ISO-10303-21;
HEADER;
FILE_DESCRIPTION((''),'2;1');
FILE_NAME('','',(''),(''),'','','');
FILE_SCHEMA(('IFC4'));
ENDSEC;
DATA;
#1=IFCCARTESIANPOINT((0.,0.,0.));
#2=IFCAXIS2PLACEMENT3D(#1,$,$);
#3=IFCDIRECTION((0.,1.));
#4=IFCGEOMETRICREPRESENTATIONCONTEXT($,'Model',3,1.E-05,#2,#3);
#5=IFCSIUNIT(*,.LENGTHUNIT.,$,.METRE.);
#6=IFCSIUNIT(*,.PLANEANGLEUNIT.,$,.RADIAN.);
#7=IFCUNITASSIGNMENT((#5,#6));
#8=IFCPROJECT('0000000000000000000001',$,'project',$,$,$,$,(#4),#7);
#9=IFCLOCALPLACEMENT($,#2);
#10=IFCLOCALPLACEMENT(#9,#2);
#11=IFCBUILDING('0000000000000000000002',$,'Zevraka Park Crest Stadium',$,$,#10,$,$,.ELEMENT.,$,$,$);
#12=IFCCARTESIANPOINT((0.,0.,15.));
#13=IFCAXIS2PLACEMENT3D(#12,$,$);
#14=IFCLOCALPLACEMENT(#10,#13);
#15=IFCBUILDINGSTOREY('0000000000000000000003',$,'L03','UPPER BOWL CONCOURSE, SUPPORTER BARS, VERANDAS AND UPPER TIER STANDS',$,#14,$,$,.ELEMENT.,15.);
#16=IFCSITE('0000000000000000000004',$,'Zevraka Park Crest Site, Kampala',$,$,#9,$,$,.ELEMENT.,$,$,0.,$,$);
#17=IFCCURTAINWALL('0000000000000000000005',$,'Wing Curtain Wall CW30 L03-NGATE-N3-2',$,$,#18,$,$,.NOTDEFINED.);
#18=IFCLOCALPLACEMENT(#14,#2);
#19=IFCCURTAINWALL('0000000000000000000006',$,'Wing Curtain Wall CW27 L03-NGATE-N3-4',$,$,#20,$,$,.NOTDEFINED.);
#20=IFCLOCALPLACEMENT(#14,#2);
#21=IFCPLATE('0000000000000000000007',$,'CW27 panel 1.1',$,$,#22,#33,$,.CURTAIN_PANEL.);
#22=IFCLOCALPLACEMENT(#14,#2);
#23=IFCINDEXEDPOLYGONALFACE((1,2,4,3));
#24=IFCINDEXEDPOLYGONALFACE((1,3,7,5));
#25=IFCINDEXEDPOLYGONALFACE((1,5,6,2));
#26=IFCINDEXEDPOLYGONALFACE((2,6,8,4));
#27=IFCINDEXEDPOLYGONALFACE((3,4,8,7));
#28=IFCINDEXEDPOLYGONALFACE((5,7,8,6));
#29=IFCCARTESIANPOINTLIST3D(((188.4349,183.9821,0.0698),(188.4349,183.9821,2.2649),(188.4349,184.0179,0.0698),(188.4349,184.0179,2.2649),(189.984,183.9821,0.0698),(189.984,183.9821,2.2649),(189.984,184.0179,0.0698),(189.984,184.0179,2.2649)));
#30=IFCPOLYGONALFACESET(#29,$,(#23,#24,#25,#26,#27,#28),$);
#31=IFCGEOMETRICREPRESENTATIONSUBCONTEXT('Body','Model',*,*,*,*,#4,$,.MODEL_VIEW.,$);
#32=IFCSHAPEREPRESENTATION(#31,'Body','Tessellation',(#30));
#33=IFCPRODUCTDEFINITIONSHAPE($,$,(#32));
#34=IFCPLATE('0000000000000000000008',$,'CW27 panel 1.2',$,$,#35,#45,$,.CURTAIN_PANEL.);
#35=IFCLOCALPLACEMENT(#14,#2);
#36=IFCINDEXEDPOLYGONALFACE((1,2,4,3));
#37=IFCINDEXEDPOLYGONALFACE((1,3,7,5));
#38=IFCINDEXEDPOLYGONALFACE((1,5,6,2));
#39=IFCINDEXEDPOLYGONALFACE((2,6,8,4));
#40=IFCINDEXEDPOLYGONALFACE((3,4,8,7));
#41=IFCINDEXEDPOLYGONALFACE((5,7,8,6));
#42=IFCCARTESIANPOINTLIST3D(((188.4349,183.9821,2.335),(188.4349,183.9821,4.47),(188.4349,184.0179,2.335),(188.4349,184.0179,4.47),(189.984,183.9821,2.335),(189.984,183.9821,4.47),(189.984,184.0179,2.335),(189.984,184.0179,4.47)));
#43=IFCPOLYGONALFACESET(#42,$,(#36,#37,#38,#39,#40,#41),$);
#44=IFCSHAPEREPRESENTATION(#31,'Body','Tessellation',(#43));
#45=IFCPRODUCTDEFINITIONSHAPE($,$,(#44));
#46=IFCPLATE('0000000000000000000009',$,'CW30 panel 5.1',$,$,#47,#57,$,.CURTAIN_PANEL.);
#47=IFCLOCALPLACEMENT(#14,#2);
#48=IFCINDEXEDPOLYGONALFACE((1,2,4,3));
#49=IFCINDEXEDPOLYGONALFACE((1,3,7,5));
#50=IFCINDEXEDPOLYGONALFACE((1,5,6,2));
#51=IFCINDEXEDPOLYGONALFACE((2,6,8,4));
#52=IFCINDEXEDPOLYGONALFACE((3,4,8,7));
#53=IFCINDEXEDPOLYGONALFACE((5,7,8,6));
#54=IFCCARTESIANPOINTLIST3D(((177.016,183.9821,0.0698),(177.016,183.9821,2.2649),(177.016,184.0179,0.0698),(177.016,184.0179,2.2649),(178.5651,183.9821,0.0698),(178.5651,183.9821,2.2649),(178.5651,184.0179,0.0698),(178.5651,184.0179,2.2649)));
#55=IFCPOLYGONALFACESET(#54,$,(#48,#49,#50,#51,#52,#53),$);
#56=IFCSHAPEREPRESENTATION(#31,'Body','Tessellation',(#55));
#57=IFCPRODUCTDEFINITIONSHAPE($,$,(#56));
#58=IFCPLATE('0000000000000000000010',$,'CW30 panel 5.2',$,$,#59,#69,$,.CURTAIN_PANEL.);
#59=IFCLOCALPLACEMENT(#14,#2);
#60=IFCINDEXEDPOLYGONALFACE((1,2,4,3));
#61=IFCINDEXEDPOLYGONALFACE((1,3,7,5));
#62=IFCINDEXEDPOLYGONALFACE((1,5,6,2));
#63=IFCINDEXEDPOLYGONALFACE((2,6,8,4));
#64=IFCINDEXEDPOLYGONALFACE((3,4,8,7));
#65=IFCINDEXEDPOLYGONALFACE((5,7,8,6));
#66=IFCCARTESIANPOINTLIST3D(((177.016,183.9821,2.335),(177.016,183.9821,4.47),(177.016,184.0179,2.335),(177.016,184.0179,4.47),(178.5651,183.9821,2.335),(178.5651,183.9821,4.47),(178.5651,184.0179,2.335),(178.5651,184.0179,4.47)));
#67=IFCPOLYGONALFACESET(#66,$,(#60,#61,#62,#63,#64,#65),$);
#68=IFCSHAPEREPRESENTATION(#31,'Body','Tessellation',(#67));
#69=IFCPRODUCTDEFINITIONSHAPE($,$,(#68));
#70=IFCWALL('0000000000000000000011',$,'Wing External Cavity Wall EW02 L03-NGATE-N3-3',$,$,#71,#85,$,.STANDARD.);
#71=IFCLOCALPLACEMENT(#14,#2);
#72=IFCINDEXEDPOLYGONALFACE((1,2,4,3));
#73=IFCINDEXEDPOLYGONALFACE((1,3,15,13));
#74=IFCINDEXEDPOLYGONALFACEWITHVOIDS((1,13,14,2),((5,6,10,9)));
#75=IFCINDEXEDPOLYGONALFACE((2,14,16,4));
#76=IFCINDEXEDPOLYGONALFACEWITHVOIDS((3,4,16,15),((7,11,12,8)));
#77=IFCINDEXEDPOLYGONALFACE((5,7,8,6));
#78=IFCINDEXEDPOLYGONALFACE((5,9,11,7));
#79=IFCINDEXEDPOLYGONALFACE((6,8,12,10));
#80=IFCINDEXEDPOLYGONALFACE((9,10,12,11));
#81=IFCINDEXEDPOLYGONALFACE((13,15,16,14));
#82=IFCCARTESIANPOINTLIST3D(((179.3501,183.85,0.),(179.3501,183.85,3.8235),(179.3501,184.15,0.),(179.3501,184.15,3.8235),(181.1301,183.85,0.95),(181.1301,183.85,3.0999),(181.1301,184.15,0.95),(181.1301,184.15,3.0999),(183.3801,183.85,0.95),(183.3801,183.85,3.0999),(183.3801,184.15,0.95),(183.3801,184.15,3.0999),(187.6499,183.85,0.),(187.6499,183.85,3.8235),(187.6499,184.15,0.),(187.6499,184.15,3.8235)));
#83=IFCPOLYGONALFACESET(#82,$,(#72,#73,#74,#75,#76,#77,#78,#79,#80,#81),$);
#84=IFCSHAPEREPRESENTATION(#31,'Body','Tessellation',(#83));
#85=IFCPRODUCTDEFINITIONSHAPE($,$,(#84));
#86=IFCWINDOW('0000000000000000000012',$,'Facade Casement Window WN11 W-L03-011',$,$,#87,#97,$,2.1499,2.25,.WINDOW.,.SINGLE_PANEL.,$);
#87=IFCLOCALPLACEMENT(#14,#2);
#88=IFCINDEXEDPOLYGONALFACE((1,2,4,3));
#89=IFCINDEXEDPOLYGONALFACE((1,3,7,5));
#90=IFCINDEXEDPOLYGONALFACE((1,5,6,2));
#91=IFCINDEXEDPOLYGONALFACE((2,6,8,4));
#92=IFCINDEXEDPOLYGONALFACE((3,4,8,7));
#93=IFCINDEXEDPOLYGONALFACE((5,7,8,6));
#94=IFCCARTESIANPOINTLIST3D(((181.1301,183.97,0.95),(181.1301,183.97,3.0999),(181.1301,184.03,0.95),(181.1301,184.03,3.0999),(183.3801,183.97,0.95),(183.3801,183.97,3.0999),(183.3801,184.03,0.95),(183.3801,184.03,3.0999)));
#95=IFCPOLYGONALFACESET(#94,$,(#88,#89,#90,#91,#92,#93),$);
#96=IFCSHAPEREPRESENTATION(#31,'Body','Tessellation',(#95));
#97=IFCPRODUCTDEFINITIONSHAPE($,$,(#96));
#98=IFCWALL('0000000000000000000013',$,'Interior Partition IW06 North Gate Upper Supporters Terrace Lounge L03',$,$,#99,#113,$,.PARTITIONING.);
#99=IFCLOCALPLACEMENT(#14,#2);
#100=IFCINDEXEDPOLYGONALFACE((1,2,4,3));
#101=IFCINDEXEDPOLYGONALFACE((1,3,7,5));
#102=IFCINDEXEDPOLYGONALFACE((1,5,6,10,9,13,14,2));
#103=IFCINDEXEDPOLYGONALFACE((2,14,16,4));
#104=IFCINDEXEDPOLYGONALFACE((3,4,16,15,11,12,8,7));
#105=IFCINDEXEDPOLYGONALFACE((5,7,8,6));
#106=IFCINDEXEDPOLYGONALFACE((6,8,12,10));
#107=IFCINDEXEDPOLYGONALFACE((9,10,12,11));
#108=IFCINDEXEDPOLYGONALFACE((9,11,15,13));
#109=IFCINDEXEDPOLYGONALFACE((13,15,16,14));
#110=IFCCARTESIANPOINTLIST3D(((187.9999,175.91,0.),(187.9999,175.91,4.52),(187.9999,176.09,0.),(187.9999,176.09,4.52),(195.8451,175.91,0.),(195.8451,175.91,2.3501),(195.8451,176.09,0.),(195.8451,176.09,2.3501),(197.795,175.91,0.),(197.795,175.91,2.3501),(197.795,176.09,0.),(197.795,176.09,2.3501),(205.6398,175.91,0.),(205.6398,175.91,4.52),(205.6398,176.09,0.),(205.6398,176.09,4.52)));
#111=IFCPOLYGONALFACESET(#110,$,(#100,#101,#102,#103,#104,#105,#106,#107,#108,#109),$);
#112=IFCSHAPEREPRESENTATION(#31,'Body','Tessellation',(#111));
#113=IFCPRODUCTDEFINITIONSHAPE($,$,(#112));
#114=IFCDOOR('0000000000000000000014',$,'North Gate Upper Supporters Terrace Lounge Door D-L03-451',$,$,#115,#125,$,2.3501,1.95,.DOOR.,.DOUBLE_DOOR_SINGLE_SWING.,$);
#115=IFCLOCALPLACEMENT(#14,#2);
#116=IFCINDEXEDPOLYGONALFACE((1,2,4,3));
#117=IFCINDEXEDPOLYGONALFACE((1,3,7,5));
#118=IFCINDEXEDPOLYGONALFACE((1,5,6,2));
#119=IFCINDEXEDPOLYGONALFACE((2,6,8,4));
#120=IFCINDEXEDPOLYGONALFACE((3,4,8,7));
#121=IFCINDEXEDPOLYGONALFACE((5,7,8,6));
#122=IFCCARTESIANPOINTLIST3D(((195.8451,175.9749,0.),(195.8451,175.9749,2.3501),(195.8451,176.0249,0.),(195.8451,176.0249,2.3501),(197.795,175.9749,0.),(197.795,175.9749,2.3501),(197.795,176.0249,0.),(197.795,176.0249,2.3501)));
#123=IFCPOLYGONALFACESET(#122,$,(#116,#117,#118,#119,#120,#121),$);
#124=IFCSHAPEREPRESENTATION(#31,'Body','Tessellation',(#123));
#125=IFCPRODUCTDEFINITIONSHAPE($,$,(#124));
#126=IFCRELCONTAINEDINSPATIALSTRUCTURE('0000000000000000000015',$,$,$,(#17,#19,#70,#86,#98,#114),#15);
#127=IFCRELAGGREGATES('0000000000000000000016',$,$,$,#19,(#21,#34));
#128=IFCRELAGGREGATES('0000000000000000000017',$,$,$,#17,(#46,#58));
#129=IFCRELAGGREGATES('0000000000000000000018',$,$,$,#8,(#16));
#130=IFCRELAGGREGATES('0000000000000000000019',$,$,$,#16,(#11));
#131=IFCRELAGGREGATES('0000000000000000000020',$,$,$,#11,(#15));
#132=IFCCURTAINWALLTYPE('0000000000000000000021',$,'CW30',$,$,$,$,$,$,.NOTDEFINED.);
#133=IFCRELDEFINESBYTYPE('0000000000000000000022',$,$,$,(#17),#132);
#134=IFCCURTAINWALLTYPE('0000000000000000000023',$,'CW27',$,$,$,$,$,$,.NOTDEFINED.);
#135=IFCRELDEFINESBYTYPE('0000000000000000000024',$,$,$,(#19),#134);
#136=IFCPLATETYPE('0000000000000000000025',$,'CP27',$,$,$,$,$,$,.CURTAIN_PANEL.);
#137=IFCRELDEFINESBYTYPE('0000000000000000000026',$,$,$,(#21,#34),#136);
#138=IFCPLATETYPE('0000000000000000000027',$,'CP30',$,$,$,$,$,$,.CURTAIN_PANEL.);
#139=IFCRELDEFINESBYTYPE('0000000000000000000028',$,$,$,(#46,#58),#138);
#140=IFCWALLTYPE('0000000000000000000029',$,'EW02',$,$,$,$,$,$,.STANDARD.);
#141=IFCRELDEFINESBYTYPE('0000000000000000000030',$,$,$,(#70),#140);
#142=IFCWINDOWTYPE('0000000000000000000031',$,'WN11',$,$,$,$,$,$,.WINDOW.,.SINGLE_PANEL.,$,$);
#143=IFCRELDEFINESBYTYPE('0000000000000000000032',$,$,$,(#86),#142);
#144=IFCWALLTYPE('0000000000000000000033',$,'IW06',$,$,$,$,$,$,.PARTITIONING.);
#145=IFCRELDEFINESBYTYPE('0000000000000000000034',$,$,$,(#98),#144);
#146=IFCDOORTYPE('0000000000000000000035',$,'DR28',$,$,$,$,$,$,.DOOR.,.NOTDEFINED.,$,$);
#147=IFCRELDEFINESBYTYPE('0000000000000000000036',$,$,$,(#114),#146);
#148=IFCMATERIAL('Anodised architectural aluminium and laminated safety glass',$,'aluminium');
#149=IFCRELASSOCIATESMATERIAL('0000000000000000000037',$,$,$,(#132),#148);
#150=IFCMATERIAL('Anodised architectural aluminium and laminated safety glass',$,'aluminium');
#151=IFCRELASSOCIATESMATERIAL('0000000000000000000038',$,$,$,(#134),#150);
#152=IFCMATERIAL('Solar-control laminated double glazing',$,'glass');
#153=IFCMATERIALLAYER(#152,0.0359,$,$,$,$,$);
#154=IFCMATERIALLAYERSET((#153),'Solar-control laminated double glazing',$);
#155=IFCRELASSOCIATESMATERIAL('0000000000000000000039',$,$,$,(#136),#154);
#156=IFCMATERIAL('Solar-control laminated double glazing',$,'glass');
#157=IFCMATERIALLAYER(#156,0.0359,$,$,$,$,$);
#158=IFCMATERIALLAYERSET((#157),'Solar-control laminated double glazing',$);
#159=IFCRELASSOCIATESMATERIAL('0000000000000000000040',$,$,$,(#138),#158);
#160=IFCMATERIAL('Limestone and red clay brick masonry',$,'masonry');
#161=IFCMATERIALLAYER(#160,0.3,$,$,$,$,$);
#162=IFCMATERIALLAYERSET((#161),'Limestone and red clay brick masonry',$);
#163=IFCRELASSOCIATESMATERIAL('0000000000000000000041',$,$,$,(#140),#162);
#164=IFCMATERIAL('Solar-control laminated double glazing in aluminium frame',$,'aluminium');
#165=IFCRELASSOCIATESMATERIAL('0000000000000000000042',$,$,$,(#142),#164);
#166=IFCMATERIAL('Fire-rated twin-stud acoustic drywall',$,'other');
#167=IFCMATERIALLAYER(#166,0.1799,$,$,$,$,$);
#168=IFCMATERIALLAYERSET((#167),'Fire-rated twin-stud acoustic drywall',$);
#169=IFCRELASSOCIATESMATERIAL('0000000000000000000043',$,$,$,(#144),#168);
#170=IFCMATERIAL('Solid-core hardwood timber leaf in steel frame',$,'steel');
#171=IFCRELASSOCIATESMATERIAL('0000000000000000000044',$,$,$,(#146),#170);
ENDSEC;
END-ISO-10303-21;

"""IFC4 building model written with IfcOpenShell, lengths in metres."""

from ifc_helpers import new_model, si_unit, direction, frame, frame_2d, origin, origin_2d, place, context, subcontext, project, spatial, rectangle, extrude, material, layer, layer_set, type_object, element, fill, aggregate, save


model = new_model("IFC4")

# Units and contexts
model_context = context("Model", 3, precision=1e-05, world=origin(), true_north=direction((0.0, 1.0)))
body_context = subcontext(model_context, "Body", "Model", "MODEL_VIEW")
ifc_project = project(units=[si_unit("LENGTHUNIT", "METRE"), si_unit("PLANEANGLEUNIT", "RADIAN")], contexts=[model_context])

# Site, building, storey
site_placement = place(None, origin())
site = spatial("IfcSite", under=ifc_project, at=site_placement, Name="Zevraka Park Crest Site, Kampala", CompositionType="ELEMENT", RefElevation=0.0)
building_placement = place(site_placement, origin())
building = spatial("IfcBuilding", under=site, at=building_placement, Name="Zevraka Park Crest Stadium", CompositionType="ELEMENT")
storey_placement = place(building_placement, frame((0.0, 0.0, 15.0)))
storey = spatial("IfcBuildingStorey", under=building, at=storey_placement, Name="L03", Description="UPPER BOWL CONCOURSE, SUPPORTER BARS, VERANDAS AND UPPER TIER STANDS", CompositionType="ELEMENT", Elevation=15.0)

# Curtain wall
ifc_material_1 = material(Name="Anodised architectural aluminium and laminated safety glass", Category="aluminium")
curtain_wall_type_1 = type_object("IfcCurtainWallType", Name="CW30", PredefinedType="NOTDEFINED", material=ifc_material_1)
curtain_wall_1_placement = place(storey_placement, origin())
curtain_wall_1 = element("IfcCurtainWall", 1, at=curtain_wall_1_placement, inside=storey, type_object=curtain_wall_type_1, Name="Wing Curtain Wall CW30 L03-NGATE-N3-2", PredefinedType="NOTDEFINED")

# Curtain wall
ifc_material_2 = material(Name="Anodised architectural aluminium and laminated safety glass", Category="aluminium")
curtain_wall_type_2 = type_object("IfcCurtainWallType", Name="CW27", PredefinedType="NOTDEFINED", material=ifc_material_2)
curtain_wall_2_placement = place(storey_placement, origin())
curtain_wall_2 = element("IfcCurtainWall", 2, at=curtain_wall_2_placement, inside=storey, type_object=curtain_wall_type_2, Name="Wing Curtain Wall CW27 L03-NGATE-N3-4", PredefinedType="NOTDEFINED")

# Plates
ifc_material_3 = material(Name="Solar-control laminated double glazing", Category="glass")
ifc_layer_1 = layer(ifc_material_3, 0.0359)
ifc_layer_set_1 = layer_set([ifc_layer_1], Name="Solar-control laminated double glazing")
plate_type_1 = type_object("IfcPlateType", Name="CP27", PredefinedType="CURTAIN_PANEL", material=ifc_layer_set_1)
plate_1_placement = place(storey_placement, frame((189.2095, 184.0, 0.0698), z_axis=(0.0, 0.0, 1.0), x_axis=(1.0, 0.0, 0.0)))
plate_1 = element("IfcPlate", 3, at=plate_1_placement, type_object=plate_type_1, Name="CW27 panel 1.1", PredefinedType="CURTAIN_PANEL", context=body_context, shape_type="SweptSolid", body=[
    extrude(rectangle(XDim=1.5491, YDim=0.0359, at=origin_2d()), origin(), (0.0, 0.0, 1.0), 2.1951),
])
plate_2_placement = place(storey_placement, frame((189.2095, 184.0, 2.335), z_axis=(0.0, 0.0, 1.0), x_axis=(1.0, 0.0, 0.0)))
plate_2 = element("IfcPlate", 4, at=plate_2_placement, type_object=plate_type_1, Name="CW27 panel 1.2", PredefinedType="CURTAIN_PANEL", context=body_context, shape_type="SweptSolid", body=[
    extrude(rectangle(XDim=1.5491, YDim=0.0359, at=origin_2d()), origin(), (0.0, 0.0, 1.0), 2.135),
])
aggregate(curtain_wall_2, [plate_1, plate_2])
ifc_material_4 = material(Name="Solar-control laminated double glazing", Category="glass")
ifc_layer_2 = layer(ifc_material_4, 0.0359)
ifc_layer_set_2 = layer_set([ifc_layer_2], Name="Solar-control laminated double glazing")
plate_type_2 = type_object("IfcPlateType", Name="CP30", PredefinedType="CURTAIN_PANEL", material=ifc_layer_set_2)
plate_3_placement = place(storey_placement, frame((177.7905, 184.0, 0.0698), z_axis=(0.0, 0.0, 1.0), x_axis=(1.0, 0.0, 0.0)))
plate_3 = element("IfcPlate", 5, at=plate_3_placement, type_object=plate_type_2, Name="CW30 panel 5.1", PredefinedType="CURTAIN_PANEL", context=body_context, shape_type="SweptSolid", body=[
    extrude(rectangle(XDim=1.5491, YDim=0.0359, at=origin_2d()), origin(), (0.0, 0.0, 1.0), 2.1951),
])
plate_4_placement = place(storey_placement, frame((177.7905, 184.0, 2.335), z_axis=(0.0, 0.0, 1.0), x_axis=(1.0, 0.0, 0.0)))
plate_4 = element("IfcPlate", 6, at=plate_4_placement, type_object=plate_type_2, Name="CW30 panel 5.2", PredefinedType="CURTAIN_PANEL", context=body_context, shape_type="SweptSolid", body=[
    extrude(rectangle(XDim=1.5491, YDim=0.0359, at=origin_2d()), origin(), (0.0, 0.0, 1.0), 2.135),
])
aggregate(curtain_wall_1, [plate_3, plate_4])

# Wall, opening, window
ifc_material_5 = material(Name="Limestone and red clay brick masonry", Category="masonry")
ifc_layer_3 = layer(ifc_material_5, 0.3)
ifc_layer_set_3 = layer_set([ifc_layer_3], Name="Limestone and red clay brick masonry")
wall_type_1 = type_object("IfcWallType", Name="EW02", PredefinedType="STANDARD", material=ifc_layer_set_3)
wall_1_placement = place(storey_placement, frame((179.3501, 184.0, 0.0), z_axis=(0.0, 0.0, 1.0), x_axis=(1.0, 0.0, 0.0)))
wall_1 = element("IfcWall", 7, at=wall_1_placement, inside=storey, type_object=wall_type_1, Name="Wing External Cavity Wall EW02 L03-NGATE-N3-3", PredefinedType="STANDARD", context=body_context, shape_type="SweptSolid", body=[
    extrude(rectangle(XDim=8.2998, YDim=0.3, at=frame_2d((4.1499, 0.0))), origin(), (0.0, 0.0, 1.0), 3.8235),
])
opening_1_placement = place(wall_1_placement, frame((1.78, 0.0, 0.95)))
opening_1 = element("IfcOpeningElement", 8, at=opening_1_placement, cuts=wall_1, PredefinedType="OPENING", context=body_context, shape_type="SweptSolid", body=[
    extrude(rectangle(XDim=2.25, YDim=2.1499, at=frame_2d((1.125, 1.075))), frame((0.0, 0.1599, 0.0), z_axis=(0.0, -1.0, 0.0), x_axis=(1.0, 0.0, 0.0)), (0.0, 0.0, 1.0), 0.3201),
])
ifc_material_6 = material(Name="Solar-control laminated double glazing in aluminium frame", Category="aluminium")
window_type = type_object("IfcWindowType", Name="WN11", PartitioningType="SINGLE_PANEL", PredefinedType="WINDOW", material=ifc_material_6)
window_placement = place(opening_1_placement, origin())
window = element("IfcWindow", 9, at=window_placement, inside=storey, type_object=window_type, Name="Facade Casement Window WN11 W-L03-011", OverallHeight=2.1499, OverallWidth=2.25, PartitioningType="SINGLE_PANEL", PredefinedType="WINDOW", context=body_context, shape_type="SweptSolid", body=[
    extrude(rectangle(XDim=2.25, YDim=2.1499, at=frame_2d((1.125, 1.075))), frame((0.0, 0.03, 0.0), z_axis=(0.0, -1.0, 0.0), x_axis=(1.0, 0.0, 0.0)), (0.0, 0.0, 1.0), 0.0601),
])
fill(opening_1, window)

# Wall, opening, door
ifc_material_7 = material(Name="Fire-rated twin-stud acoustic drywall", Category="other")
ifc_layer_4 = layer(ifc_material_7, 0.1799)
ifc_layer_set_4 = layer_set([ifc_layer_4], Name="Fire-rated twin-stud acoustic drywall")
wall_type_2 = type_object("IfcWallType", Name="IW06", PredefinedType="PARTITIONING", material=ifc_layer_set_4)
wall_2_placement = place(storey_placement, frame((188.0, 176.0, 0.0), z_axis=(0.0, 0.0, 1.0), x_axis=(1.0, 0.0, 0.0)))
wall_2 = element("IfcWall", 10, at=wall_2_placement, inside=storey, type_object=wall_type_2, Name="Interior Partition IW06 North Gate Upper Supporters Terrace Lounge L03", PredefinedType="PARTITIONING", context=body_context, shape_type="SweptSolid", body=[
    extrude(rectangle(XDim=17.6399, YDim=0.1799, at=frame_2d((8.8198, 0.0))), origin(), (0.0, 0.0, 1.0), 4.52),
])
opening_2_placement = place(wall_2_placement, frame((7.845, 0.0, 0.0)))
opening_2 = element("IfcOpeningElement", 11, at=opening_2_placement, cuts=wall_2, PredefinedType="OPENING", context=body_context, shape_type="SweptSolid", body=[
    extrude(rectangle(XDim=1.95, YDim=2.3501, at=frame_2d((0.9751, 1.175))), frame((0.0, 0.0999, 0.0), z_axis=(0.0, -1.0, 0.0), x_axis=(1.0, 0.0, 0.0)), (0.0, 0.0, 1.0), 0.2),
])
ifc_material_8 = material(Name="Solid-core hardwood timber leaf in steel frame", Category="steel")
door_type = type_object("IfcDoorType", Name="DR28", OperationType="NOTDEFINED", PredefinedType="DOOR", material=ifc_material_8)
door_placement = place(opening_2_placement, origin())
door = element("IfcDoor", 12, at=door_placement, inside=storey, type_object=door_type, Name="North Gate Upper Supporters Terrace Lounge Door D-L03-451", OperationType="DOUBLE_DOOR_SINGLE_SWING", OverallHeight=2.3501, OverallWidth=1.95, PredefinedType="DOOR", context=body_context, shape_type="SweptSolid", body=[
    extrude(rectangle(XDim=1.95, YDim=2.3501, at=frame_2d((0.9751, 1.175))), frame((0.0, 0.0249, 0.0), z_axis=(0.0, -1.0, 0.0), x_axis=(1.0, 0.0, 0.0)), (0.0, 0.0, 1.0), 0.05),
])
fill(opening_2, door)

save(model, "model.ifc")
